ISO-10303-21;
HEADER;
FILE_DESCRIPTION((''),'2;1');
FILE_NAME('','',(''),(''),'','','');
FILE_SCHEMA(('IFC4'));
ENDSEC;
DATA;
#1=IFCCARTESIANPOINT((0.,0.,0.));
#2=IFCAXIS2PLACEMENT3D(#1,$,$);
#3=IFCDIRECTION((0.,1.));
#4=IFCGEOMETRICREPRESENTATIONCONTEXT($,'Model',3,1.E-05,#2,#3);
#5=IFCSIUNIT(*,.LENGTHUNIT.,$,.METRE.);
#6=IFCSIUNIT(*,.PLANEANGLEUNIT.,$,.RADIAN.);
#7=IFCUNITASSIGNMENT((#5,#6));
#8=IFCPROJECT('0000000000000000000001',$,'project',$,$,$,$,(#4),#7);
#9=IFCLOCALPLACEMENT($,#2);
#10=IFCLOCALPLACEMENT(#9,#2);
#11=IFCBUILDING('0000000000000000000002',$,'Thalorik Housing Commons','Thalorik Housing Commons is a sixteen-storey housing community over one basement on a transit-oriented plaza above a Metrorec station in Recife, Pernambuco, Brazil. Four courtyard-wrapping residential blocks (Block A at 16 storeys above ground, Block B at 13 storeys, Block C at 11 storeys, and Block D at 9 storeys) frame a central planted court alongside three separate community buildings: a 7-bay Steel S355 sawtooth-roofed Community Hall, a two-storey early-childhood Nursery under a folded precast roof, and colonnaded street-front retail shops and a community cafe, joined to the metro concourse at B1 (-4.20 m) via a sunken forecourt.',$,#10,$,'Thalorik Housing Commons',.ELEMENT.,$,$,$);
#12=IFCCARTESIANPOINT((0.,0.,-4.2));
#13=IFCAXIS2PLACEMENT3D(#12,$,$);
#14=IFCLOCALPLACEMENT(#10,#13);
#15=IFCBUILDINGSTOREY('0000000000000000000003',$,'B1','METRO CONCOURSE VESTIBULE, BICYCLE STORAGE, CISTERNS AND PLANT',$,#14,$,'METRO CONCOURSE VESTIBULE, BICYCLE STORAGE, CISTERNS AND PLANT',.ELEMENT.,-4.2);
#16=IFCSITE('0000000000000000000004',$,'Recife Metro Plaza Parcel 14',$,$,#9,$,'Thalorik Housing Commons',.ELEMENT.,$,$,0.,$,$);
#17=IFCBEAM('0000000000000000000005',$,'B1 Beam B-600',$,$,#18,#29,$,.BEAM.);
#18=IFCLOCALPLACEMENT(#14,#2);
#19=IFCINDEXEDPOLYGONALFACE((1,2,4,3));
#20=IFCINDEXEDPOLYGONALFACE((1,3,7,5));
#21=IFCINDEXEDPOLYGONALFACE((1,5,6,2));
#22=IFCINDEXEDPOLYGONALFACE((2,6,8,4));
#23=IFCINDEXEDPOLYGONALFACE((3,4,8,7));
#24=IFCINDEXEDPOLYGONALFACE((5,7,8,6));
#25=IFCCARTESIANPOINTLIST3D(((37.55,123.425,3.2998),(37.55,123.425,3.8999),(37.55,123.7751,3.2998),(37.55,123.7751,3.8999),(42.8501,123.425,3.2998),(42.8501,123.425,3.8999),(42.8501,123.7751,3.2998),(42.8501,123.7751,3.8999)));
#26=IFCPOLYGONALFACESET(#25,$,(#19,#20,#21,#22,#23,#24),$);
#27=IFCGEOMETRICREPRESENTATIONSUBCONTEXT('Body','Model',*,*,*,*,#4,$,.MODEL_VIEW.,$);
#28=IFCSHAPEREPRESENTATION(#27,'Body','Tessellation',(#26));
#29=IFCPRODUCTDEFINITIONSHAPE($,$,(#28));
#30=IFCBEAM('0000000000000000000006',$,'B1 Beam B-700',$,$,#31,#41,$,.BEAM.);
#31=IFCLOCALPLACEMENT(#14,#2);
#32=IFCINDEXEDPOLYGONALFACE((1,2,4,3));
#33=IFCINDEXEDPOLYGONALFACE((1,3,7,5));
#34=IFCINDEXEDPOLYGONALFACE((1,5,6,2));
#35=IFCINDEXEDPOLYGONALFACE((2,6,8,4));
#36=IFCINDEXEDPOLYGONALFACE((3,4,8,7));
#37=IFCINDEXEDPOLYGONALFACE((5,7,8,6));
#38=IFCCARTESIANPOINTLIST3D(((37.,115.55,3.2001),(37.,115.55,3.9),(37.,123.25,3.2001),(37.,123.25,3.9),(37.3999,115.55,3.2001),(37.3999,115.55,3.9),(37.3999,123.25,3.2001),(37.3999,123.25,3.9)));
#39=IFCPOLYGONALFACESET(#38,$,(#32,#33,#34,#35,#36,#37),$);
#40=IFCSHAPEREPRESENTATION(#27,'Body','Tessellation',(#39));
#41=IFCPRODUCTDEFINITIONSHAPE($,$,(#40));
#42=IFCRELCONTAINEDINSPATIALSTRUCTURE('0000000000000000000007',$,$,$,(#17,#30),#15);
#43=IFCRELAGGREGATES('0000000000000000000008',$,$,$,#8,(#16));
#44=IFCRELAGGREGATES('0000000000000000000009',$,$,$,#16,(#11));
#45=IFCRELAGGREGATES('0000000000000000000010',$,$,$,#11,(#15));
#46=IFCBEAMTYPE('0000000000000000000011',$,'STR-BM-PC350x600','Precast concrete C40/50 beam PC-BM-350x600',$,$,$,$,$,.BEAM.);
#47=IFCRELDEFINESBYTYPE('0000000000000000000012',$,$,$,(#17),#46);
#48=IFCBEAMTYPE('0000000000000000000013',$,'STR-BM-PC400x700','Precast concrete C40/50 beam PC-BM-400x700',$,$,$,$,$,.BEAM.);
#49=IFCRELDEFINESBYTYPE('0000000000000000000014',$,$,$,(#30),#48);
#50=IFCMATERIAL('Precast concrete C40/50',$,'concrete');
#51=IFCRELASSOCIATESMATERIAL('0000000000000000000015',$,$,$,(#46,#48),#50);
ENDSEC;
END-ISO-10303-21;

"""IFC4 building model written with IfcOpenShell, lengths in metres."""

from ifc_helpers import new_model, si_unit, direction, frame, origin, origin_2d, place, context, subcontext, project, spatial, rectangle, extrude, material, material_profile, profile_set, type_object, element, save


model = new_model("IFC4")

# Units and contexts
model_context = context("Model", 3, precision=1e-05, world=origin(), true_north=direction((0.0, 1.0)))
body_context = subcontext(model_context, "Body", "Model", "MODEL_VIEW")
ifc_project = project(units=[si_unit("LENGTHUNIT", "METRE"), si_unit("PLANEANGLEUNIT", "RADIAN")], contexts=[model_context])

# Site, building, storey
site_placement = place(None, origin())
site = spatial("IfcSite", under=ifc_project, at=site_placement, Name="Recife Metro Plaza Parcel 14", LongName="Thalorik Housing Commons", CompositionType="ELEMENT", RefElevation=0.0)
building_placement = place(site_placement, origin())
building = spatial("IfcBuilding", under=site, at=building_placement, Name="Thalorik Housing Commons", Description="Thalorik Housing Commons is a sixteen-storey housing community over one basement on a transit-oriented plaza above a Metrorec station in Recife, Pernambuco, Brazil. Four courtyard-wrapping residential blocks (Block A at 16 storeys above ground, Block B at 13 storeys, Block C at 11 storeys, and Block D at 9 storeys) frame a central planted court alongside three separate community buildings: a 7-bay Steel S355 sawtooth-roofed Community Hall, a two-storey early-childhood Nursery under a folded precast roof, and colonnaded street-front retail shops and a community cafe, joined to the metro concourse at B1 (-4.20 m) via a sunken forecourt.", LongName="Thalorik Housing Commons", CompositionType="ELEMENT")
storey_placement = place(building_placement, frame((0.0, 0.0, -4.2)))
storey = spatial("IfcBuildingStorey", under=building, at=storey_placement, Name="B1", Description="METRO CONCOURSE VESTIBULE, BICYCLE STORAGE, CISTERNS AND PLANT", LongName="METRO CONCOURSE VESTIBULE, BICYCLE STORAGE, CISTERNS AND PLANT", CompositionType="ELEMENT", Elevation=-4.2)

# Shared definitions
ifc_material_1 = material(Name="Precast concrete C40/50", Category="concrete")

# Beams
ifc_material_profile_1 = material_profile(ifc_material_1, rectangle(XDim=0.3501, YDim=0.6001, at=origin_2d()), Name="PC 350x600", Category="concrete")
ifc_profile_set_1 = profile_set([ifc_material_profile_1], Name="Precast concrete C40/50")
beam_type_1 = type_object("IfcBeamType", Name="STR-BM-PC350x600", Description="Precast concrete C40/50 beam PC-BM-350x600", PredefinedType="BEAM", material=ifc_profile_set_1)
for number, where, z_axis, x_axis, name in (
    (1, (37.55, 123.6001, 3.5999), (1.0, 0.0, 0.0), (0.0, 1.0, 0.0), "B1 Beam B-600"),
):
    element("IfcBeam", number, at=place(storey_placement, frame(where, z_axis=z_axis, x_axis=x_axis)), inside=storey, type_object=beam_type_1, Name=name, PredefinedType="BEAM", context=body_context, shape_type="SweptSolid", body=[
        extrude(rectangle(XDim=0.3501, YDim=0.6001, at=origin_2d()), origin(), (0.0, 0.0, 1.0), 5.3),
    ])
ifc_material_profile_2 = material_profile(ifc_material_1, rectangle(XDim=0.3999, YDim=0.7, at=origin_2d()), Name="PC 400x700", Category="concrete")
ifc_profile_set_2 = profile_set([ifc_material_profile_2], Name="Precast concrete C40/50")
beam_type_2 = type_object("IfcBeamType", Name="STR-BM-PC400x700", Description="Precast concrete C40/50 beam PC-BM-400x700", PredefinedType="BEAM", material=ifc_profile_set_2)
beam_placement = place(storey_placement, frame((37.2, 115.55, 3.55), z_axis=(0.0, 1.0, 0.0), x_axis=(-1.0, 0.0, 0.0)))
element("IfcBeam", 2, at=beam_placement, inside=storey, type_object=beam_type_2, Name="B1 Beam B-700", PredefinedType="BEAM", context=body_context, shape_type="SweptSolid", body=[
    extrude(rectangle(XDim=0.3999, YDim=0.7, at=origin_2d()), origin(), (0.0, 0.0, 1.0), 7.7),
])

save(model, "model.ifc")
